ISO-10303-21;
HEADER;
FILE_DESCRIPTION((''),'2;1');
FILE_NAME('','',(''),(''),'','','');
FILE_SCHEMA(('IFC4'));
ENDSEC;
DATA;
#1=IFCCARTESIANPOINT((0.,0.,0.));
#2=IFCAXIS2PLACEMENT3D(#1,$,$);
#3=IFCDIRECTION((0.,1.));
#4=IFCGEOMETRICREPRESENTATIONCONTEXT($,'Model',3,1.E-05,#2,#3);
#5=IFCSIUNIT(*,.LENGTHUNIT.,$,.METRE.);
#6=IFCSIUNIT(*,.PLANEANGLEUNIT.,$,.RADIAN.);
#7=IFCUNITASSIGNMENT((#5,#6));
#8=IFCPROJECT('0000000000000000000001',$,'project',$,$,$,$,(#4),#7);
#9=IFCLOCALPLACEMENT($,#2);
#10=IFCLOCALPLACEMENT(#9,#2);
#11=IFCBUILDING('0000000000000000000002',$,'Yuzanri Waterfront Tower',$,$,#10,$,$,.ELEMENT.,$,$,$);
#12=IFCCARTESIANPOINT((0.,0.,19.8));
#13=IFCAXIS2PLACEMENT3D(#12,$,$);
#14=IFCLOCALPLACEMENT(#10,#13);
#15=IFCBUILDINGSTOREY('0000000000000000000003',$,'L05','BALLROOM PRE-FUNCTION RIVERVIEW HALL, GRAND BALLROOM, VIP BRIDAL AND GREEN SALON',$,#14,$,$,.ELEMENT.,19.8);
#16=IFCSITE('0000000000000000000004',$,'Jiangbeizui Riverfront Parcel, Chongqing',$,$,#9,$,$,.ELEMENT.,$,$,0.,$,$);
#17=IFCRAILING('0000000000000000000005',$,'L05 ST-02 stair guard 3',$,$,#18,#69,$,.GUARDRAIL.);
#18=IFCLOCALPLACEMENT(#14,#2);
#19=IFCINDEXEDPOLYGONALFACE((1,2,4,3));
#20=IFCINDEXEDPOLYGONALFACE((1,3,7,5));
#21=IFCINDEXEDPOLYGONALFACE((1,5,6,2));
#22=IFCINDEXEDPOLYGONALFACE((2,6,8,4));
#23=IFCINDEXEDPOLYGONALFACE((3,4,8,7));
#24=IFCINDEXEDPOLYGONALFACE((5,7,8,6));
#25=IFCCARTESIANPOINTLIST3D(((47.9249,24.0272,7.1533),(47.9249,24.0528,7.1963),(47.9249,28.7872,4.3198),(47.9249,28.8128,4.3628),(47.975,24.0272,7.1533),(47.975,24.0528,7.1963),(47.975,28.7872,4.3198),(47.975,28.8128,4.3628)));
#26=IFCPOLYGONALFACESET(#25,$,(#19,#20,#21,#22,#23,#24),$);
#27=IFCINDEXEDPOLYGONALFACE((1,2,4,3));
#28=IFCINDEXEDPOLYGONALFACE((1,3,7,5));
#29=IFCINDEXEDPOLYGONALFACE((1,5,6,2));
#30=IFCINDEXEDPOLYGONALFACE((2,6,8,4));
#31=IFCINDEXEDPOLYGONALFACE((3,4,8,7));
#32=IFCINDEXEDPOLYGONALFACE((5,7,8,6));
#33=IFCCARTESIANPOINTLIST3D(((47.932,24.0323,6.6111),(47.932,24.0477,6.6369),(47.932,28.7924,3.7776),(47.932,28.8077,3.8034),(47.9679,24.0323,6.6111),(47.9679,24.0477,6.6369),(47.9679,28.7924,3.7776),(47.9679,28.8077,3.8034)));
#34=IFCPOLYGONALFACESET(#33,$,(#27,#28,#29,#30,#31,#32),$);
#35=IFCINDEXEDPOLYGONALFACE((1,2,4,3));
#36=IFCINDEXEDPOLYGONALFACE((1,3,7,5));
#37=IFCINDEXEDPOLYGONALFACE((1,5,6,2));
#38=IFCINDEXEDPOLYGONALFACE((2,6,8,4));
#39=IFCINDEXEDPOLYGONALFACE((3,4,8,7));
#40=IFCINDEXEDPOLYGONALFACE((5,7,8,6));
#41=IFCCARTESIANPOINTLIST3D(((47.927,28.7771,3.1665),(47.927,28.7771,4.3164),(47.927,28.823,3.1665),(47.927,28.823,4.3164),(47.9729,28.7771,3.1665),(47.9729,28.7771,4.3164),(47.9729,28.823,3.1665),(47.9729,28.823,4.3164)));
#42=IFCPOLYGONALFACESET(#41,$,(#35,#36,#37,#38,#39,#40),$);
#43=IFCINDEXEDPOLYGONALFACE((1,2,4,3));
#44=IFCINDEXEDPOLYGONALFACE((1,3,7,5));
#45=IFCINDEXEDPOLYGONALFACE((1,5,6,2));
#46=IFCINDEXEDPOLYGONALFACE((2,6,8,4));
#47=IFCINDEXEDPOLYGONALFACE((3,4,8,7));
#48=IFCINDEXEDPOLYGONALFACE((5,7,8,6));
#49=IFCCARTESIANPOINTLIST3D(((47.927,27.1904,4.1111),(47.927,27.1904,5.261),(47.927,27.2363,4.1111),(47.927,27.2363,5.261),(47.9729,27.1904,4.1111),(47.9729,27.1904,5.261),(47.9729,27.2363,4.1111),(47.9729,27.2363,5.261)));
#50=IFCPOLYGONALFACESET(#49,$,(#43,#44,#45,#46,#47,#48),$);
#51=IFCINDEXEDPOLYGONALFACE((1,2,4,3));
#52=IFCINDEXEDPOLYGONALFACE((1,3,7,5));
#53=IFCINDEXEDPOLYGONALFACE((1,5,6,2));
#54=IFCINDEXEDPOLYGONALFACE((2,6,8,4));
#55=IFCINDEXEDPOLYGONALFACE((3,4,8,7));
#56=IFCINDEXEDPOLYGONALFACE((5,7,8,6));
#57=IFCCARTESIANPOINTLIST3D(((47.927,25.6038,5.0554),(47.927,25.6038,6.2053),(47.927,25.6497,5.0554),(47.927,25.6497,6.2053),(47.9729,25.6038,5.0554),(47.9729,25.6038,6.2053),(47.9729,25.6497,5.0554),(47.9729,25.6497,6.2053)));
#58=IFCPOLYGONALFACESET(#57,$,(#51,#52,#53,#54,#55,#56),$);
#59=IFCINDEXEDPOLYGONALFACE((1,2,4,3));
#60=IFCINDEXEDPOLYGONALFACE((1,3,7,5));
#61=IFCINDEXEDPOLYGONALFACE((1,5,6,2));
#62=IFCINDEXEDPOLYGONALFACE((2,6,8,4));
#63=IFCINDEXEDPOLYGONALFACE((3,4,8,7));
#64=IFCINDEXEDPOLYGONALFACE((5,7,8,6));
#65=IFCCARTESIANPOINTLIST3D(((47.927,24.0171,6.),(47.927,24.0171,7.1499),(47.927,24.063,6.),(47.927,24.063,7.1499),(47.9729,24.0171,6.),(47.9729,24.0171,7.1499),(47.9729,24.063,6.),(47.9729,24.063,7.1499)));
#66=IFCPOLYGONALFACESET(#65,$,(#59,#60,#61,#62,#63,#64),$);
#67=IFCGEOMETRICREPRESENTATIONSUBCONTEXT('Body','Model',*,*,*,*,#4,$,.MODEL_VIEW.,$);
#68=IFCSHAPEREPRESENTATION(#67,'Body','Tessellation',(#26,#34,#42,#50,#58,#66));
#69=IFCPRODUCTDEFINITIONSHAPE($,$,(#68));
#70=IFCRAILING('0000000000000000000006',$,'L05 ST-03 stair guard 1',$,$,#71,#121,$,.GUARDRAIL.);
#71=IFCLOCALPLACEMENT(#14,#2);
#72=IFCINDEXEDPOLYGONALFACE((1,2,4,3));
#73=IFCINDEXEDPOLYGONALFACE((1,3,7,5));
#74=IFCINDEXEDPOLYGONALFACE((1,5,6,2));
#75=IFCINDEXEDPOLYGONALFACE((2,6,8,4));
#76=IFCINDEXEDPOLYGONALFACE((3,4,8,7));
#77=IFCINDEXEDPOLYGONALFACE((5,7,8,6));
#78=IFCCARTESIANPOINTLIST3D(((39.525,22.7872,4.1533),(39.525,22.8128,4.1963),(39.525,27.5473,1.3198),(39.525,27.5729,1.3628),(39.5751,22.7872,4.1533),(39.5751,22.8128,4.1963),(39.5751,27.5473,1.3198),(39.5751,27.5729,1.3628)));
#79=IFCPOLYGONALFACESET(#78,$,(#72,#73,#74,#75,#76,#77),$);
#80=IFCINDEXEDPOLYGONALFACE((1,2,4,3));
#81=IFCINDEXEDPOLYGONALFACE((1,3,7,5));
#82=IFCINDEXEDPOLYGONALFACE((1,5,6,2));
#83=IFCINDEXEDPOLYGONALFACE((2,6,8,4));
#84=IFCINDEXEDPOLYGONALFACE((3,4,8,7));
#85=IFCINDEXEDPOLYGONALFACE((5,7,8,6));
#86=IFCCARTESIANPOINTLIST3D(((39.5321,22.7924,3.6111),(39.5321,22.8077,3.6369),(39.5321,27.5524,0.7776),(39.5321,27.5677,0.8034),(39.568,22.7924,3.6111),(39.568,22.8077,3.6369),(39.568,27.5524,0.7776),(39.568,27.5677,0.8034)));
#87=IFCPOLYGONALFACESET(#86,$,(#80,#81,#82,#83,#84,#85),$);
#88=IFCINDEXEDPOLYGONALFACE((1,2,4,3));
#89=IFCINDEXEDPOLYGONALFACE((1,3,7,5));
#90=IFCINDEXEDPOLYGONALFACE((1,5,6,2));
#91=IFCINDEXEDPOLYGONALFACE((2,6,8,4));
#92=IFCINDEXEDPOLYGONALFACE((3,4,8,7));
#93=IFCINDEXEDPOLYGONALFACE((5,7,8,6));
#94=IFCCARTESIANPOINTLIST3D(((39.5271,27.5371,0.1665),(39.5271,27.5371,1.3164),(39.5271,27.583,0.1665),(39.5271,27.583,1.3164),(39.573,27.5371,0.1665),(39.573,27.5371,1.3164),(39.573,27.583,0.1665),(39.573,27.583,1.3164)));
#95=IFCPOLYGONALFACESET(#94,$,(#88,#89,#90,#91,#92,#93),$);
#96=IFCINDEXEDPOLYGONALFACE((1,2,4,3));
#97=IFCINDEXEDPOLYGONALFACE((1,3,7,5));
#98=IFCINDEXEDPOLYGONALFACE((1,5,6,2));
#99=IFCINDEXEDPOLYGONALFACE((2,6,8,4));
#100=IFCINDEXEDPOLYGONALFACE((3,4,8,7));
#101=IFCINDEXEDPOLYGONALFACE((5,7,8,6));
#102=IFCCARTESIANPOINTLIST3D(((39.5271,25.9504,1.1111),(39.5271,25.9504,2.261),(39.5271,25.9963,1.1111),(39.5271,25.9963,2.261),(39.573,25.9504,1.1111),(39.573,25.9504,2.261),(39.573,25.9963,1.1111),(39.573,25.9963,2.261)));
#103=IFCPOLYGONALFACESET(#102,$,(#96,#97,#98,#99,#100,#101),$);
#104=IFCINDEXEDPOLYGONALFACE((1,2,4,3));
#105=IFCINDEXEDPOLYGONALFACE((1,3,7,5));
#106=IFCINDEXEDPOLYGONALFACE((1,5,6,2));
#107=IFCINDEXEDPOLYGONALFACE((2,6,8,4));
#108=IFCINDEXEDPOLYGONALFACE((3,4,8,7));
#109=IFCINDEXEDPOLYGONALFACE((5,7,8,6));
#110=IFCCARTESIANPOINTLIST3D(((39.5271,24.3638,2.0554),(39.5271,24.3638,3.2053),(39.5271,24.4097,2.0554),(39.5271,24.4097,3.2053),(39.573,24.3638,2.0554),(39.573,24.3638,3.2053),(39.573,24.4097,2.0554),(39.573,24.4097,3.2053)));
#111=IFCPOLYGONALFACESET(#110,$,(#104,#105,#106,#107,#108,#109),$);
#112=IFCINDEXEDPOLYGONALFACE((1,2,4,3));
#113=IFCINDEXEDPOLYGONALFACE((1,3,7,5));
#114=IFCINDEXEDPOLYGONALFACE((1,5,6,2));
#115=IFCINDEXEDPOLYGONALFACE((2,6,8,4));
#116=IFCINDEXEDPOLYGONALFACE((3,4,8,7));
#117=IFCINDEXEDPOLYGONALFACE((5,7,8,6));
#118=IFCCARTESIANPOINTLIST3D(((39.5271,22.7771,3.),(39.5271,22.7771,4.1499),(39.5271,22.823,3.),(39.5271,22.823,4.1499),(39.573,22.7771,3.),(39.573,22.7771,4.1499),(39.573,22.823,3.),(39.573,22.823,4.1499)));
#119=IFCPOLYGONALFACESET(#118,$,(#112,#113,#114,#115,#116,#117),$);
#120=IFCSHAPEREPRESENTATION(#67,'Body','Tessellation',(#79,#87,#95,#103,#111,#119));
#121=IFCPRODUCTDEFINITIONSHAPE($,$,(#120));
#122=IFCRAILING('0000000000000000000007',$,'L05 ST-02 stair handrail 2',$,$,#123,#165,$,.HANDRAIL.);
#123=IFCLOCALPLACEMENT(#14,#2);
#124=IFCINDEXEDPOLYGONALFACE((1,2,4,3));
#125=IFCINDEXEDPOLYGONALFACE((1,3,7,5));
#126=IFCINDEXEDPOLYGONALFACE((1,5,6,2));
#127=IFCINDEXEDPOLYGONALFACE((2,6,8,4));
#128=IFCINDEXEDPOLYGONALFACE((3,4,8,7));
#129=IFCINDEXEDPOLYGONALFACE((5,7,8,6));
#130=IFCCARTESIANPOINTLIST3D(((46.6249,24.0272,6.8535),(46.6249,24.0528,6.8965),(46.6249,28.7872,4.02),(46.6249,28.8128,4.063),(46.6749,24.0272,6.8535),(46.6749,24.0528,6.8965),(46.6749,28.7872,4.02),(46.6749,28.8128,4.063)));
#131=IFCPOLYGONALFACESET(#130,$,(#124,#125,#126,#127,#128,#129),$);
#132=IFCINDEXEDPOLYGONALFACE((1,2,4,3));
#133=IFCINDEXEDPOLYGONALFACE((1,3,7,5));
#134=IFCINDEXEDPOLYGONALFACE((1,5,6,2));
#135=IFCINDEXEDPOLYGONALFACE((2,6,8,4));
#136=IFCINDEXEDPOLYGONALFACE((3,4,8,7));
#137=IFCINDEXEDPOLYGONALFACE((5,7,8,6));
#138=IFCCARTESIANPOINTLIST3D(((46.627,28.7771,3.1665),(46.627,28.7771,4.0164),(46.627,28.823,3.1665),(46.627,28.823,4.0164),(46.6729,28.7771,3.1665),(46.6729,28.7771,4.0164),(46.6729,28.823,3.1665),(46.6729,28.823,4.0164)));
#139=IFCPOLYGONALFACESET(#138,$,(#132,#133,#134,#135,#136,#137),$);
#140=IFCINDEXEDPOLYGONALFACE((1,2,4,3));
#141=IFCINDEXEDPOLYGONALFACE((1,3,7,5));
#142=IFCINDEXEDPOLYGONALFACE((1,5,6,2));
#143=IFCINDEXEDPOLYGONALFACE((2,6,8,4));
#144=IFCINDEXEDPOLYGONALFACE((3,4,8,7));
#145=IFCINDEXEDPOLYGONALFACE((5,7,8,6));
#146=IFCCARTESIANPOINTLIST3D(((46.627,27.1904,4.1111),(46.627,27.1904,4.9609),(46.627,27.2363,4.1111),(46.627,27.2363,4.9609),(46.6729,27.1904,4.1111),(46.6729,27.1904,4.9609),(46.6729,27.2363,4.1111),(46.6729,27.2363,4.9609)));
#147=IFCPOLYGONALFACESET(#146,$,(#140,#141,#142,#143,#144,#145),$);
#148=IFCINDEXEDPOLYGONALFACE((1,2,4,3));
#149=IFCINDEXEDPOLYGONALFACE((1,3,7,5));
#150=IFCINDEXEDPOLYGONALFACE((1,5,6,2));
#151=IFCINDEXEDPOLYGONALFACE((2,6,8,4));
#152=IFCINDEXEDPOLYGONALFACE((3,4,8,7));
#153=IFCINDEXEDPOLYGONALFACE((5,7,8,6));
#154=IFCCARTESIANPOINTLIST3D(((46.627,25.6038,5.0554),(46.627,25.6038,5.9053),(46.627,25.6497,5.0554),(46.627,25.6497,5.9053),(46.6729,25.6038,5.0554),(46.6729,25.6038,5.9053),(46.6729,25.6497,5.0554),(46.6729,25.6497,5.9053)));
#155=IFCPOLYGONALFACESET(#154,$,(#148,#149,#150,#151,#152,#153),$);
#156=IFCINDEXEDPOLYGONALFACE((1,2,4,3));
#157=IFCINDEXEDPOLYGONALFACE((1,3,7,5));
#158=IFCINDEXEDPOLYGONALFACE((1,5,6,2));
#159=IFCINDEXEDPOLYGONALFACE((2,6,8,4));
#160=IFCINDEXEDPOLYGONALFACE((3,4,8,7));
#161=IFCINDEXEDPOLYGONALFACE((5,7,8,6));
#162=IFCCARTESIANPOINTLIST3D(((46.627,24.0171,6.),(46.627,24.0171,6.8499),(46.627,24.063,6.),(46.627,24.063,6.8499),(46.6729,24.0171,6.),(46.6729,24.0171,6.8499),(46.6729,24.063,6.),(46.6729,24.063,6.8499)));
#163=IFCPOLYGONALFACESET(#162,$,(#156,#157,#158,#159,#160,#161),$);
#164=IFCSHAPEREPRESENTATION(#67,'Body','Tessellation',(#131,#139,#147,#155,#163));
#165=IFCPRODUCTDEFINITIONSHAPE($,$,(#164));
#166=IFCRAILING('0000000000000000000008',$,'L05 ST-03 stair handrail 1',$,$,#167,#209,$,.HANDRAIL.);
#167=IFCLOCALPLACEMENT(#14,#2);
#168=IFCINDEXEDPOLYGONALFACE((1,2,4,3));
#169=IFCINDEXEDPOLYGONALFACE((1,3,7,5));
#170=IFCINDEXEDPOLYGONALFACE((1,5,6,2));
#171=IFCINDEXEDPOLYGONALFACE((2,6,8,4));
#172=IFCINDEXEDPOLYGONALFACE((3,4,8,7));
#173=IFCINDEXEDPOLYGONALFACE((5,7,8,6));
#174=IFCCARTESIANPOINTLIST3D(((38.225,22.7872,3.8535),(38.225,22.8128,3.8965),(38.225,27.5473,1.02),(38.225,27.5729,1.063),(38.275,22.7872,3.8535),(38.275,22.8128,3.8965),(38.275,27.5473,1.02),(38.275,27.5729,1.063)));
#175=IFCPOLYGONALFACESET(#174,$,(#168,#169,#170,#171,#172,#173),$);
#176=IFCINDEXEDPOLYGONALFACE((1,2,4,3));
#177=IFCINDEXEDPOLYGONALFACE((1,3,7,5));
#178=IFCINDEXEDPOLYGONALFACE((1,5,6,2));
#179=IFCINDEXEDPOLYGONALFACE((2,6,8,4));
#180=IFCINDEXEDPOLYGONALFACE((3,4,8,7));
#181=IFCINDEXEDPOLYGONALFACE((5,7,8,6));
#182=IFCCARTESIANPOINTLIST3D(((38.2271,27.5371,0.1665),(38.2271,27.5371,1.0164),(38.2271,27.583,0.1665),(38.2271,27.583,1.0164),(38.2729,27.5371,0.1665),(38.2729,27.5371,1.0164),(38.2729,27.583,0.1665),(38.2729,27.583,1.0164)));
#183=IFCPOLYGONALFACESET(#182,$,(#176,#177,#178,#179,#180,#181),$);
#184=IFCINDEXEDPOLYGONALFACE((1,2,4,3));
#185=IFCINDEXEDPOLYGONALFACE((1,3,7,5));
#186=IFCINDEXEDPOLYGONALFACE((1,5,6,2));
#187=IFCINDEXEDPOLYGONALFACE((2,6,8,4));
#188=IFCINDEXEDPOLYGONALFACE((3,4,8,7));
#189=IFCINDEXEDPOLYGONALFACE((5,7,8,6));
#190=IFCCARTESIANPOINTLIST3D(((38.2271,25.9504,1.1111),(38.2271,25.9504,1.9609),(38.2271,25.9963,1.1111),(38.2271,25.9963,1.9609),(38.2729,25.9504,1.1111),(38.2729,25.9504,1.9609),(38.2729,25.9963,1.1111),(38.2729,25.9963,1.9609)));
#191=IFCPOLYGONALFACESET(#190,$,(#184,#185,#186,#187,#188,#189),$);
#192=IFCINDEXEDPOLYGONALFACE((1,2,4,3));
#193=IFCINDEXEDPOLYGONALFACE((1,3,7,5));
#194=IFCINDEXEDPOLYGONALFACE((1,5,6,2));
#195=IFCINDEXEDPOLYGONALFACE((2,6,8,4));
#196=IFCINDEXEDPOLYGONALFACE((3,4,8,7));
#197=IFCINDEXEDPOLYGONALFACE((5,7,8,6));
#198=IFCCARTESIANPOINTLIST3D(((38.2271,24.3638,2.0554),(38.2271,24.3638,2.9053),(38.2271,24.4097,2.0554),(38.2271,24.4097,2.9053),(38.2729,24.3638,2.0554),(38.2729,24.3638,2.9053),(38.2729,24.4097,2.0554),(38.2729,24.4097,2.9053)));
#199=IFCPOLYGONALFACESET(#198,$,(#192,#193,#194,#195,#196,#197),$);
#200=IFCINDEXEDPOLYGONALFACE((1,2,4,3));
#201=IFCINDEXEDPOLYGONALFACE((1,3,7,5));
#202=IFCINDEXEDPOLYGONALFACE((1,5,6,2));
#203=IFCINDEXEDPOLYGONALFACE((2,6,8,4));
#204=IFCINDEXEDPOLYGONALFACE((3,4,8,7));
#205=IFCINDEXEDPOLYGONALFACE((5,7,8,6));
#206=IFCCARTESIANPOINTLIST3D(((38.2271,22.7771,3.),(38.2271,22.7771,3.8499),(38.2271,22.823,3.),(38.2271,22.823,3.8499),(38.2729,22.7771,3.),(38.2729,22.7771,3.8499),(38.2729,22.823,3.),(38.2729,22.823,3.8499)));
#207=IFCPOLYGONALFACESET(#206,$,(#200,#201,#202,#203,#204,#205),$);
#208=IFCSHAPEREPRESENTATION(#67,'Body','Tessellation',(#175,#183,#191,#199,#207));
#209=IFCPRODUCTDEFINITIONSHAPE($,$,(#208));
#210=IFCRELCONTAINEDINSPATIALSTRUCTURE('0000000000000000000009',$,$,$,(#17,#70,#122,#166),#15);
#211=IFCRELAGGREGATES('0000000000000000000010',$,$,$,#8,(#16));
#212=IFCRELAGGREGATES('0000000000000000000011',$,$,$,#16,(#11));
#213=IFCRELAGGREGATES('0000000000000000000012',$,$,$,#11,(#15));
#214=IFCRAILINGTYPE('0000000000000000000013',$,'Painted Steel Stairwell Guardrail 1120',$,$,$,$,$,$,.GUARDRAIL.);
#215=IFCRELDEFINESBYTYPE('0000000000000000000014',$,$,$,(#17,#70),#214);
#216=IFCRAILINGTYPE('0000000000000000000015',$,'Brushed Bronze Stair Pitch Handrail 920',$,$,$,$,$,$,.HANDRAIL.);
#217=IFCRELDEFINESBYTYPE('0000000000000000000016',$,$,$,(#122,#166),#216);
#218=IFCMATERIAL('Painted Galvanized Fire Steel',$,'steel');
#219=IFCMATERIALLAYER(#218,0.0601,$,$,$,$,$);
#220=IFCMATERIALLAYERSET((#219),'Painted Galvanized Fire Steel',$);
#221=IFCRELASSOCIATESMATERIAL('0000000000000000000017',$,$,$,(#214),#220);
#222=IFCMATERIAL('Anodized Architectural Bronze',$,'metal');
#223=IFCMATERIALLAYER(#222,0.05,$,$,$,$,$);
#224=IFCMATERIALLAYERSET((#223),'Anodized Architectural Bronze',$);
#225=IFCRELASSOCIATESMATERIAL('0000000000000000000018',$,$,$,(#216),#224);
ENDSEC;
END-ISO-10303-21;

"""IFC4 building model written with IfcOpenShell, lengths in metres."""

from ifc_helpers import new_model, si_unit, direction, frame, origin, origin_2d, place, context, subcontext, project, spatial, rectangle, extrude, source, transform, mapped, material, layer, layer_set, type_object, element, save


model = new_model("IFC4")

# Units and contexts
model_context = context("Model", 3, precision=1e-05, world=origin(), true_north=direction((0.0, 1.0)))
body_context = subcontext(model_context, "Body", "Model", "MODEL_VIEW")
ifc_project = project(units=[si_unit("LENGTHUNIT", "METRE"), si_unit("PLANEANGLEUNIT", "RADIAN")], contexts=[model_context])

# Site, building, storey
site_placement = place(None, origin())
site = spatial("IfcSite", under=ifc_project, at=site_placement, Name="Jiangbeizui Riverfront Parcel, Chongqing", CompositionType="ELEMENT", RefElevation=0.0)
building_placement = place(site_placement, origin())
building = spatial("IfcBuilding", under=site, at=building_placement, Name="Yuzanri Waterfront Tower", CompositionType="ELEMENT")
storey_placement = place(building_placement, frame((0.0, 0.0, 19.8)))
storey = spatial("IfcBuildingStorey", under=building, at=storey_placement, Name="L05", Description="BALLROOM PRE-FUNCTION RIVERVIEW HALL, GRAND BALLROOM, VIP BRIDAL AND GREEN SALON", CompositionType="ELEMENT", Elevation=19.8)

# Railings
ifc_material_1 = material(Name="Painted Galvanized Fire Steel", Category="steel")
ifc_layer_1 = layer(ifc_material_1, 0.0601)
ifc_layer_set_1 = layer_set([ifc_layer_1], Name="Painted Galvanized Fire Steel")
railing_type_1 = type_object("IfcRailingType", Name="Painted Steel Stairwell Guardrail 1120", PredefinedType="GUARDRAIL", material=ifc_layer_set_1)
shared_shape_1 = source(origin(), body_context, "Body", "SweptSolid", [
    extrude(rectangle(XDim=0.05, YDim=0.05, at=origin_2d()), frame((0.0, 0.0, 1.1748), z_axis=(0.0, -0.85928, 0.511505), x_axis=(1.0, 0.0, 0.0)), (0.0, 0.0, 1.0), 5.5396),
    extrude(rectangle(XDim=0.0359, YDim=0.03, at=origin_2d()), frame((0.0, 0.0, 0.624), z_axis=(0.0, -0.85928, 0.511505), x_axis=(1.0, 0.0, 0.0)), (0.0, 0.0, 1.0), 5.5396),
    extrude(rectangle(XDim=0.0459, YDim=0.0459, at=origin_2d()), origin(), (0.0, 0.0, 1.0), 1.1499),
    extrude(rectangle(XDim=0.0459, YDim=0.0459, at=origin_2d()), frame((0.0, -1.5867, 0.9446)), (0.0, 0.0, 1.0), 1.1499),
    extrude(rectangle(XDim=0.0459, YDim=0.0459, at=origin_2d()), frame((0.0, -3.1733, 1.8889)), (0.0, 0.0, 1.0), 1.1499),
    extrude(rectangle(XDim=0.0459, YDim=0.0459, at=origin_2d()), frame((0.0, -4.76, 2.8335)), (0.0, 0.0, 1.0), 1.1499),
])
for number, where, name in (
    (1, (47.95, 28.8, 3.1665), "L05 ST-02 stair guard 3"),
    (2, (39.55, 27.5601, 0.1665), "L05 ST-03 stair guard 1"),
):
    element("IfcRailing", number, at=place(storey_placement, frame(where)), inside=storey, type_object=railing_type_1, Name=name, PredefinedType="GUARDRAIL", context=body_context, shape_type="MappedRepresentation", body=[
        mapped(shared_shape_1, transform((0.0, 0.0, 0.0), scale=1.0)),
    ])
ifc_material_2 = material(Name="Anodized Architectural Bronze", Category="metal")
ifc_layer_2 = layer(ifc_material_2, 0.05)
ifc_layer_set_2 = layer_set([ifc_layer_2], Name="Anodized Architectural Bronze")
railing_type_2 = type_object("IfcRailingType", Name="Brushed Bronze Stair Pitch Handrail 920", PredefinedType="HANDRAIL", material=ifc_layer_set_2)
shared_shape_2 = source(origin(), body_context, "Body", "SweptSolid", [
    extrude(rectangle(XDim=0.05, YDim=0.05, at=origin_2d()), frame((0.0, 0.0, 0.875), z_axis=(0.0, -0.85928, 0.511505), x_axis=(1.0, 0.0, 0.0)), (0.0, 0.0, 1.0), 5.5396),
    extrude(rectangle(XDim=0.0459, YDim=0.0459, at=origin_2d()), origin(), (0.0, 0.0, 1.0), 0.8499),
    extrude(rectangle(XDim=0.0459, YDim=0.0459, at=origin_2d()), frame((0.0, -1.5867, 0.9446)), (0.0, 0.0, 1.0), 0.8499),
    extrude(rectangle(XDim=0.0459, YDim=0.0459, at=origin_2d()), frame((0.0, -3.1733, 1.8889)), (0.0, 0.0, 1.0), 0.8499),
    extrude(rectangle(XDim=0.0459, YDim=0.0459, at=origin_2d()), frame((0.0, -4.76, 2.8335)), (0.0, 0.0, 1.0), 0.8499),
])
for number, where, name in (
    (3, (46.6499, 28.8, 3.1665), "L05 ST-02 stair handrail 2"),
    (4, (38.25, 27.5601, 0.1665), "L05 ST-03 stair handrail 1"),
):
    element("IfcRailing", number, at=place(storey_placement, frame(where)), inside=storey, type_object=railing_type_2, Name=name, PredefinedType="HANDRAIL", context=body_context, shape_type="MappedRepresentation", body=[
        mapped(shared_shape_2, transform((0.0, 0.0, 0.0), scale=1.0)),
    ])

save(model, "model.ifc")
